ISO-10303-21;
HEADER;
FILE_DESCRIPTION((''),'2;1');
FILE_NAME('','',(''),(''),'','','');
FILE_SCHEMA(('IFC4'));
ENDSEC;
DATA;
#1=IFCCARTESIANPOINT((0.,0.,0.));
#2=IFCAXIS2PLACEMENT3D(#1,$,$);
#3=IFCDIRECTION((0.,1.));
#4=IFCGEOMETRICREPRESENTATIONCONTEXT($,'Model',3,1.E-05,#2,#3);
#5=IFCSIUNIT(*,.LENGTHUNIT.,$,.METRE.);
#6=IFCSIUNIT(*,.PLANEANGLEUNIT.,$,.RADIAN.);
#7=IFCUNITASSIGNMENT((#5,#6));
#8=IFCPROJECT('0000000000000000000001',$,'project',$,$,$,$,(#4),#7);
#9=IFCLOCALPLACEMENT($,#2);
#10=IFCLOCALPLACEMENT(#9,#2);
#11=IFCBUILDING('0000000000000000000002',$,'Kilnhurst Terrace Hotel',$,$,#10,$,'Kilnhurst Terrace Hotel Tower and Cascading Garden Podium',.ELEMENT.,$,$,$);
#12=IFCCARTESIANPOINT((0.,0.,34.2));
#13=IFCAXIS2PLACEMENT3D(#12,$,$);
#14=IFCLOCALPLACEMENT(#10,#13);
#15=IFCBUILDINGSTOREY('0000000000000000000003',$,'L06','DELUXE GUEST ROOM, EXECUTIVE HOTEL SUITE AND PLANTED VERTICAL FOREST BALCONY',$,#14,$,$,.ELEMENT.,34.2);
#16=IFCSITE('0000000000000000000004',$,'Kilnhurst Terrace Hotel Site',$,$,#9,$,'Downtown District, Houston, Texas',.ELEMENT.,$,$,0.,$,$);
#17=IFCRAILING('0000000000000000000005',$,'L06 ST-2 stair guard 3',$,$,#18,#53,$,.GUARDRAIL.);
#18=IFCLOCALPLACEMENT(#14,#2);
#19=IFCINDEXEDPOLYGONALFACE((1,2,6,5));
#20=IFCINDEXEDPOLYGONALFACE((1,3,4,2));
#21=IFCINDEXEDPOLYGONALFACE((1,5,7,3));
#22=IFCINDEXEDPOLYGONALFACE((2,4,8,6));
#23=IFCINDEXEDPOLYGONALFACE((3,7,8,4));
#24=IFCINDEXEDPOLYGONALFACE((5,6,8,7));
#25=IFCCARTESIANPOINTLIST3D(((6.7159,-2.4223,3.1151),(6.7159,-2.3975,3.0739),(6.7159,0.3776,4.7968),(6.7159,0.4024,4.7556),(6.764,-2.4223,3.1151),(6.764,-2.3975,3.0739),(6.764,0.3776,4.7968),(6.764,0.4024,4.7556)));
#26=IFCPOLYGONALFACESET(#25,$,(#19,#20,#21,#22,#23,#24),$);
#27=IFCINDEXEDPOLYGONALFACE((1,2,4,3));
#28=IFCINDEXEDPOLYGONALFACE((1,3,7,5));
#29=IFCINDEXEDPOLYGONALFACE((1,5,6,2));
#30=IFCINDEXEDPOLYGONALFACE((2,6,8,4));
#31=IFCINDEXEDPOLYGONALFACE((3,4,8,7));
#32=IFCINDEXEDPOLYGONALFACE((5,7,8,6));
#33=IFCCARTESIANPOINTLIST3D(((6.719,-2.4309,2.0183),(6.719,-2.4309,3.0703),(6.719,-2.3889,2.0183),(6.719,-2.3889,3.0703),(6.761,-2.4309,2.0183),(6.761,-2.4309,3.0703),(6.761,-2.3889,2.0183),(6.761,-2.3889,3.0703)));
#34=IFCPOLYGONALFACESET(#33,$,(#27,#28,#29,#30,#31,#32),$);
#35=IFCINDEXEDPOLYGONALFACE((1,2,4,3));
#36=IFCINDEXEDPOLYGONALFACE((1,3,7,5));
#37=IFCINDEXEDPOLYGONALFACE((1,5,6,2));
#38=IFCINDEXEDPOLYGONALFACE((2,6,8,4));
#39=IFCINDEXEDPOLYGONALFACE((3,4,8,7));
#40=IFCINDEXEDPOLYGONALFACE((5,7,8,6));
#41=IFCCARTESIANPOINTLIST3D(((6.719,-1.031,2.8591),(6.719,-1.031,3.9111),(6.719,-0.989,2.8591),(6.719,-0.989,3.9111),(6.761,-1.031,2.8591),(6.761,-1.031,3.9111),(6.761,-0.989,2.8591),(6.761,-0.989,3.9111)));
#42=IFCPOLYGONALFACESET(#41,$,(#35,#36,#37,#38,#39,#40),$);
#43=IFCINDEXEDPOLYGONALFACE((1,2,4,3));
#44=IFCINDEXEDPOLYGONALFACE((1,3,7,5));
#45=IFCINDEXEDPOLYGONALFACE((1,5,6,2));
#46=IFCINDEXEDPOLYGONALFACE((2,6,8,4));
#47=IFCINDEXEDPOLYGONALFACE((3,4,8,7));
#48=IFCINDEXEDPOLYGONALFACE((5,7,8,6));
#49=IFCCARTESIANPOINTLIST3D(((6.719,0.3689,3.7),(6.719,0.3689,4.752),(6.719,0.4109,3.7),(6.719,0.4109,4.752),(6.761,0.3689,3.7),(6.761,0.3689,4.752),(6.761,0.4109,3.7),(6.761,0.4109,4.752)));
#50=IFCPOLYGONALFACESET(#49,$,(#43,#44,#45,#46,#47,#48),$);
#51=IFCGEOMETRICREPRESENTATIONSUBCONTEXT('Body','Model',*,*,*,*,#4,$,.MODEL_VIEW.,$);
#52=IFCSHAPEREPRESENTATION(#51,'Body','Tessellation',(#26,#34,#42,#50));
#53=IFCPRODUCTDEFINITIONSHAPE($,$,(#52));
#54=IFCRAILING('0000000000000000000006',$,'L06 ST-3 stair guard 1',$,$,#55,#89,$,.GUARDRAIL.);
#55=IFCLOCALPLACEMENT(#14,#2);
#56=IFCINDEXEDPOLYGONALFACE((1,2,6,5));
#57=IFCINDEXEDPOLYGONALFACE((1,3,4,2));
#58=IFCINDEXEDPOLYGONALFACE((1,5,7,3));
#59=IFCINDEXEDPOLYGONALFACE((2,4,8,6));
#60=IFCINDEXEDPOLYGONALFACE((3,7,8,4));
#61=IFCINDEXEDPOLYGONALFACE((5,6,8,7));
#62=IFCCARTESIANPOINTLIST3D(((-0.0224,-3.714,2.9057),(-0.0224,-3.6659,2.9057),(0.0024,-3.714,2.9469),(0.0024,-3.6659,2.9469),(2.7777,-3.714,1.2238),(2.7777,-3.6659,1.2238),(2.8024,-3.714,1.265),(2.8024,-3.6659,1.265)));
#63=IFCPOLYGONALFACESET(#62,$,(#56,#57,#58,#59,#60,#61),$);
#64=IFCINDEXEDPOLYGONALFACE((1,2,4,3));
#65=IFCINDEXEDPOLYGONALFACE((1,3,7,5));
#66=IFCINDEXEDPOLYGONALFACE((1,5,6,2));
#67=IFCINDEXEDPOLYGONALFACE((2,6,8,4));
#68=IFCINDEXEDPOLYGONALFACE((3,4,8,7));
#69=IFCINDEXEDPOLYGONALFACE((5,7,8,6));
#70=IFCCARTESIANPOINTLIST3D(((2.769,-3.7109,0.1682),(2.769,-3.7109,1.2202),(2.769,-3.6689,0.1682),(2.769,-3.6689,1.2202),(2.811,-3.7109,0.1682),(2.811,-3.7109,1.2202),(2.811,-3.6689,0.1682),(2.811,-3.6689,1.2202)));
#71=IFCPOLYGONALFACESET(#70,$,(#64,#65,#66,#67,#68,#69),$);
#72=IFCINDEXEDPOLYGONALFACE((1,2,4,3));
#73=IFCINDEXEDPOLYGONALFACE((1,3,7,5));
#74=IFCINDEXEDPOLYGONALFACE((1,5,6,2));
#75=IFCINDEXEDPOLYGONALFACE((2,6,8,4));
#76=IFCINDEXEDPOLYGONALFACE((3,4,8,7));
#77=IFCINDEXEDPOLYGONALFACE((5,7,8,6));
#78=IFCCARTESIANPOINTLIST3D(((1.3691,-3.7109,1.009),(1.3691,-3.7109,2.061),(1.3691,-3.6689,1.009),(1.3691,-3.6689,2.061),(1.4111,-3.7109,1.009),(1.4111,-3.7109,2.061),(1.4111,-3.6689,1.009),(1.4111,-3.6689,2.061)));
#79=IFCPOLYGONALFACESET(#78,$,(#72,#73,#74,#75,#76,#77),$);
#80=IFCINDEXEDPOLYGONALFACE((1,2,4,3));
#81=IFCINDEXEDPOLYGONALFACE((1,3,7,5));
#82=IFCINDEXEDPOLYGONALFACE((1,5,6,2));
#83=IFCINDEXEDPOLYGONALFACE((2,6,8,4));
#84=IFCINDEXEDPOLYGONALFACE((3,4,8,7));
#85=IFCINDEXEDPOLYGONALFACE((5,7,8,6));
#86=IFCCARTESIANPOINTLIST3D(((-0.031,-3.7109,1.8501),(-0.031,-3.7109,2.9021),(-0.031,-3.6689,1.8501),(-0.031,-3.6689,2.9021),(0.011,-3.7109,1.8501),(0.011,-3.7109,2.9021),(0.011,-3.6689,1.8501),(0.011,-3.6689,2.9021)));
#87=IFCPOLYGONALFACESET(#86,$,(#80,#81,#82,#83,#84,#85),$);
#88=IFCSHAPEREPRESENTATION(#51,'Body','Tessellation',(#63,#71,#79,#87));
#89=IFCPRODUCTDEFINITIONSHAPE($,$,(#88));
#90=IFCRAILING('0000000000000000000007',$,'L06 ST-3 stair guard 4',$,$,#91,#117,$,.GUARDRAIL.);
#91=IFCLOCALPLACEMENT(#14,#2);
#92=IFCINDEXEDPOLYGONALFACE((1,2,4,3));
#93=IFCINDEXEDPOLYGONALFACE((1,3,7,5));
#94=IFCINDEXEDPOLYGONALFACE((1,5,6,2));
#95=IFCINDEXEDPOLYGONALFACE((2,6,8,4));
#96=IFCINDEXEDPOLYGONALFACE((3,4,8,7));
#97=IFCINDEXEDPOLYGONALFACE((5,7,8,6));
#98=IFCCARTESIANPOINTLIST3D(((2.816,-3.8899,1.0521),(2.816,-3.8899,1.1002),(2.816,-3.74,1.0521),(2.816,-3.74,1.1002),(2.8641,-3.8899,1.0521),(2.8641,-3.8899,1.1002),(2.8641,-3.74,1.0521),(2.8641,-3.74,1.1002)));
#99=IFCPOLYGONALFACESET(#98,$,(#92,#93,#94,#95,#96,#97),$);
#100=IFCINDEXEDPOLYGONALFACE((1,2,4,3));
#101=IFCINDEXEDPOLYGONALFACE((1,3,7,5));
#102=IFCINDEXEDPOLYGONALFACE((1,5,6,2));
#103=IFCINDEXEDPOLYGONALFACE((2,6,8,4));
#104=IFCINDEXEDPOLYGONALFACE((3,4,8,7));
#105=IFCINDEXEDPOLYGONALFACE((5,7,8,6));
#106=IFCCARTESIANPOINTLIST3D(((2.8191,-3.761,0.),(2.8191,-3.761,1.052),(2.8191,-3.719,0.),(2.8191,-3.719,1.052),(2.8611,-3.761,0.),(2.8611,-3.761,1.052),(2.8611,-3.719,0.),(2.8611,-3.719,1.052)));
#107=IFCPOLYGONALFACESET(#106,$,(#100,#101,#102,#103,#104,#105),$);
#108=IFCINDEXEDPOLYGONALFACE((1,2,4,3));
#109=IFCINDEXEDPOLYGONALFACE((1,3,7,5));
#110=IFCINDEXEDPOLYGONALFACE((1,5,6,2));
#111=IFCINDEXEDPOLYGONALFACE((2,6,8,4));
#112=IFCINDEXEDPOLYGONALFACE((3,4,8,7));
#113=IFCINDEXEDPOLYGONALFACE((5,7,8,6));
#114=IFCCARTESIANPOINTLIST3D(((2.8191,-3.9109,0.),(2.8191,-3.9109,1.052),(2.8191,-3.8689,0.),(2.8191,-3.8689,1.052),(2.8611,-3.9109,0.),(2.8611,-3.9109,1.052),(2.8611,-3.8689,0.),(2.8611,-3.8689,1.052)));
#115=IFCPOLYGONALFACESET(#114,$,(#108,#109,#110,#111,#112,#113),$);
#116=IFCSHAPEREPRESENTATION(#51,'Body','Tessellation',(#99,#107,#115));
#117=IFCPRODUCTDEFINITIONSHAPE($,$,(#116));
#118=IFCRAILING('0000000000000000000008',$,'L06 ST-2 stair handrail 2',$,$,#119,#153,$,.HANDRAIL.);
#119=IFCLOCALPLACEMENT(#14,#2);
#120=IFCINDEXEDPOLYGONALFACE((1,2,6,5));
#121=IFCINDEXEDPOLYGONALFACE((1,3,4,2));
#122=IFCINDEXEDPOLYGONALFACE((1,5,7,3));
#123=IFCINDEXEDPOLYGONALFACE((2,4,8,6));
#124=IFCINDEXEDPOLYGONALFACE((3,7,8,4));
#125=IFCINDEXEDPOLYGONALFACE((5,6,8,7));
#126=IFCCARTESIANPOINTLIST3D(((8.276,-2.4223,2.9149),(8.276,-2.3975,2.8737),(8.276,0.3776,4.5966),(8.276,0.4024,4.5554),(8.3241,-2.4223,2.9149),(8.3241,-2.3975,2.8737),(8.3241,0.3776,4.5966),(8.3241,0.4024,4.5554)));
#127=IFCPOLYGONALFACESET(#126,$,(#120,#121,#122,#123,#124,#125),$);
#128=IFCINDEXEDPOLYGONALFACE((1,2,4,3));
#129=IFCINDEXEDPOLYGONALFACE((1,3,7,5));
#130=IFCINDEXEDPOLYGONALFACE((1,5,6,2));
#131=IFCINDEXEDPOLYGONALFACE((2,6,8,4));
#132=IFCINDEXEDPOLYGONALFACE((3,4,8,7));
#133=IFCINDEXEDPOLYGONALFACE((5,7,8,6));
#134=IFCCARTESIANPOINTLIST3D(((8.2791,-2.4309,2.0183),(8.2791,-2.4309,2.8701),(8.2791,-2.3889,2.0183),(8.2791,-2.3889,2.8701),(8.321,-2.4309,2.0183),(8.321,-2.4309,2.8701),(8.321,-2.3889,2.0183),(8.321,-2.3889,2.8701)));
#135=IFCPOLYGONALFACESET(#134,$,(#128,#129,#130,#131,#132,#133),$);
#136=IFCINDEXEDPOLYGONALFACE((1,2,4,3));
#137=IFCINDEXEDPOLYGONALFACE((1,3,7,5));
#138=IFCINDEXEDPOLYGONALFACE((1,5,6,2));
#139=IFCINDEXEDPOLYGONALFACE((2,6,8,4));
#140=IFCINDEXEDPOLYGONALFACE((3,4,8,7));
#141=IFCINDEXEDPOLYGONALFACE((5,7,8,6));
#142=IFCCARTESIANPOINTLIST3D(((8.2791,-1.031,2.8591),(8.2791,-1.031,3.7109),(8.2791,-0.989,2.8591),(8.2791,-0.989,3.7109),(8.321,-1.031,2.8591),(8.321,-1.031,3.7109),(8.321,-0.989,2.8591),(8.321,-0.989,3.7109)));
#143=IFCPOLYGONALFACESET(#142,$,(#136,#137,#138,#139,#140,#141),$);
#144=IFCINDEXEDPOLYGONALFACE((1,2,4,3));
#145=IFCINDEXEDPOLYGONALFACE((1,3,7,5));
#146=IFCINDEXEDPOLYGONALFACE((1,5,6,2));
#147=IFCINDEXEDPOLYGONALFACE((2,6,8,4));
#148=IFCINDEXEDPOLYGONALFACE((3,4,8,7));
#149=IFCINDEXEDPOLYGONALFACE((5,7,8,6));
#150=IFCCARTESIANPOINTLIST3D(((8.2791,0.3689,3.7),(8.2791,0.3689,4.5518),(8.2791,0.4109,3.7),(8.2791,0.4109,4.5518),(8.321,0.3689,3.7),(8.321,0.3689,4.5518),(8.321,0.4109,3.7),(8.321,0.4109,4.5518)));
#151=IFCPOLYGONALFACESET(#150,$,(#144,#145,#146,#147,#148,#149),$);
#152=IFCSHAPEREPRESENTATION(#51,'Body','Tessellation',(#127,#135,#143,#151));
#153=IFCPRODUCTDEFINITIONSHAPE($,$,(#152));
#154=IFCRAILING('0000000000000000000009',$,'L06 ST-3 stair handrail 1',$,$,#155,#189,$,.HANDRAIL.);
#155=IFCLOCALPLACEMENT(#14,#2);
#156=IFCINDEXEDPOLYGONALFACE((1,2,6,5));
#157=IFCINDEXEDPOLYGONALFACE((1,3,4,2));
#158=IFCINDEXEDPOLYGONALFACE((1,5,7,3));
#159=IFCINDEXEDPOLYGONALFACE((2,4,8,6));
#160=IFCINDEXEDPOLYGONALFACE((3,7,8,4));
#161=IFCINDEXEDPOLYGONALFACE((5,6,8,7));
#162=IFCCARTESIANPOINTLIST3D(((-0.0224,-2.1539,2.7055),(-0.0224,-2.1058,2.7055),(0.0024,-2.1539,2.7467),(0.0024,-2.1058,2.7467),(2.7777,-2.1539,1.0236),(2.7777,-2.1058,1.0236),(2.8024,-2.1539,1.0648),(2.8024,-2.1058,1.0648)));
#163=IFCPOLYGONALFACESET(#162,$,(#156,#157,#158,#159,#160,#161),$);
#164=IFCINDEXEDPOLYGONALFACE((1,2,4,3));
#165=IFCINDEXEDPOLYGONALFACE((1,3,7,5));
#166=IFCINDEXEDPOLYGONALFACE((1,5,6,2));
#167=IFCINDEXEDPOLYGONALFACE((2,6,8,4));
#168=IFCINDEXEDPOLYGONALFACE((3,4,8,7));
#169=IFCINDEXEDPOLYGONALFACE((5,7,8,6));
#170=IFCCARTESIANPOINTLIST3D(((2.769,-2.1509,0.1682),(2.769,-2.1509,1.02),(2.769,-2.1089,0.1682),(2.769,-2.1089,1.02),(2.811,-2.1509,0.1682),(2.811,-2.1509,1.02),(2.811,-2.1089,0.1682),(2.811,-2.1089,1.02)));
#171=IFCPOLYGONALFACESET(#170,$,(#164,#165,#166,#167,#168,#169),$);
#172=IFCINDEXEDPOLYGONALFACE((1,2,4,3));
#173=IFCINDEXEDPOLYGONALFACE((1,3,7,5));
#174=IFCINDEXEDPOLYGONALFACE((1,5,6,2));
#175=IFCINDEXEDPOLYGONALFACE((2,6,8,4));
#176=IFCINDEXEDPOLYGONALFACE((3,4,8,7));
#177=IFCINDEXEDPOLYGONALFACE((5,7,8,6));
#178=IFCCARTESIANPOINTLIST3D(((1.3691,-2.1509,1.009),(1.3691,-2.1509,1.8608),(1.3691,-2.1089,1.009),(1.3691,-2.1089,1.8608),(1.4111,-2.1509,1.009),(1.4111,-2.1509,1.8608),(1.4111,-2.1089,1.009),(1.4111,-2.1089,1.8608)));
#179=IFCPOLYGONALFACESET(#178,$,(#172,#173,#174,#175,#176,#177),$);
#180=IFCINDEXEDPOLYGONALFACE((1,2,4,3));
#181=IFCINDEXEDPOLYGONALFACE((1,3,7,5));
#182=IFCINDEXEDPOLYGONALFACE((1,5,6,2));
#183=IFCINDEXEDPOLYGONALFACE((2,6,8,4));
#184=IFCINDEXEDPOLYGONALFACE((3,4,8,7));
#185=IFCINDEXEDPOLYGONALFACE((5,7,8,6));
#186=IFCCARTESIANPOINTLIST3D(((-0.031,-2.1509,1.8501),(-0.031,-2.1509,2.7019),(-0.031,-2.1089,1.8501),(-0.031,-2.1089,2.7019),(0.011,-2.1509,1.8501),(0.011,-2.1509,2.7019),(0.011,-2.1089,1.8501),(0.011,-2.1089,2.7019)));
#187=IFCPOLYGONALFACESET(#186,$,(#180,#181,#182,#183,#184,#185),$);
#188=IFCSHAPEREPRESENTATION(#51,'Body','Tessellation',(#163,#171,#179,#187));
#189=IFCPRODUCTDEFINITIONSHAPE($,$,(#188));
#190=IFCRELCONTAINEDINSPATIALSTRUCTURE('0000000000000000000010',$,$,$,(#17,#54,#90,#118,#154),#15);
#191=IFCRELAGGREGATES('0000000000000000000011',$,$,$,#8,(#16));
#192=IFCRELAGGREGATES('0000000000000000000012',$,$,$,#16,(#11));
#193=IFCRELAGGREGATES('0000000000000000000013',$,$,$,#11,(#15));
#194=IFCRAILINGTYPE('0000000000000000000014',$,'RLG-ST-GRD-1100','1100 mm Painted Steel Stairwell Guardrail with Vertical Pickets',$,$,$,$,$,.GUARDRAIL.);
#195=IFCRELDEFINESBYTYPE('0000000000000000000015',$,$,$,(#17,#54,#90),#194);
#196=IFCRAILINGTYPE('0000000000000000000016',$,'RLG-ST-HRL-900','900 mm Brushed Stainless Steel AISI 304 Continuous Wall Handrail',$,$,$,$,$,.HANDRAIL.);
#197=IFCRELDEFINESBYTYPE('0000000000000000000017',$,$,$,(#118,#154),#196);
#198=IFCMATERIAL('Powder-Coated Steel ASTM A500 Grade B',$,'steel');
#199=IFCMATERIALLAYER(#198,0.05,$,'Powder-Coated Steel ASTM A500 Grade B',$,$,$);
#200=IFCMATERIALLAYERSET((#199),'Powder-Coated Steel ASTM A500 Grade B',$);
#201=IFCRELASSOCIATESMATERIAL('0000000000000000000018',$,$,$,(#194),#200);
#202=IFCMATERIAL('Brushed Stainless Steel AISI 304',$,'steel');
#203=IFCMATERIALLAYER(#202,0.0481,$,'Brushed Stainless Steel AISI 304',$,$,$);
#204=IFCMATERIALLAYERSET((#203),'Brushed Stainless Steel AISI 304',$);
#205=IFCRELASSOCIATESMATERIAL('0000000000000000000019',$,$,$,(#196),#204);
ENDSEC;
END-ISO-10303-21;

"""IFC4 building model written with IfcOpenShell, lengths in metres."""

from ifc_helpers import new_model, si_unit, direction, frame, origin, origin_2d, place, context, subcontext, project, spatial, rectangle, extrude, material, layer, layer_set, type_object, element, save


model = new_model("IFC4")

# Units and contexts
model_context = context("Model", 3, precision=1e-05, world=origin(), true_north=direction((0.0, 1.0)))
body_context = subcontext(model_context, "Body", "Model", "MODEL_VIEW")
ifc_project = project(units=[si_unit("LENGTHUNIT", "METRE"), si_unit("PLANEANGLEUNIT", "RADIAN")], contexts=[model_context])

# Site, building, storey
site_placement = place(None, origin())
site = spatial("IfcSite", under=ifc_project, at=site_placement, Name="Kilnhurst Terrace Hotel Site", LongName="Downtown District, Houston, Texas", CompositionType="ELEMENT", RefElevation=0.0)
building_placement = place(site_placement, origin())
building = spatial("IfcBuilding", under=site, at=building_placement, Name="Kilnhurst Terrace Hotel", LongName="Kilnhurst Terrace Hotel Tower and Cascading Garden Podium", CompositionType="ELEMENT")
storey_placement = place(building_placement, frame((0.0, 0.0, 34.2)))
storey = spatial("IfcBuildingStorey", under=building, at=storey_placement, Name="L06", Description="DELUXE GUEST ROOM, EXECUTIVE HOTEL SUITE AND PLANTED VERTICAL FOREST BALCONY", CompositionType="ELEMENT", Elevation=34.2)

# Railings
ifc_material_1 = material(Name="Powder-Coated Steel ASTM A500 Grade B", Category="steel")
ifc_layer_1 = layer(ifc_material_1, 0.05, Name="Powder-Coated Steel ASTM A500 Grade B")
ifc_layer_set_1 = layer_set([ifc_layer_1], Name="Powder-Coated Steel ASTM A500 Grade B")
railing_type_1 = type_object("IfcRailingType", Name="RLG-ST-GRD-1100", Description="1100 mm Painted Steel Stairwell Guardrail with Vertical Pickets", PredefinedType="GUARDRAIL", material=ifc_layer_set_1)
railing_1_placement = place(storey_placement, frame((6.74, -2.4099, 2.0183)))
element("IfcRailing", 1, at=railing_1_placement, inside=storey, type_object=railing_type_1, Name="L06 ST-2 stair guard 3", PredefinedType="GUARDRAIL", context=body_context, shape_type="SweptSolid", body=[
    extrude(rectangle(XDim=0.0481, YDim=0.0481, at=origin_2d()), frame((0.0, 0.0, 1.0762), z_axis=(0.0, 0.857255, 0.514891), x_axis=(-1.0, 0.0, 0.0)), (0.0, 0.0, 1.0), 3.2661),
    extrude(rectangle(XDim=0.042, YDim=0.042, at=origin_2d()), origin(), (0.0, 0.0, 1.0), 1.052),
    extrude(rectangle(XDim=0.042, YDim=0.042, at=origin_2d()), frame((0.0, 1.3999, 0.8408)), (0.0, 0.0, 1.0), 1.052),
    extrude(rectangle(XDim=0.042, YDim=0.042, at=origin_2d()), frame((0.0, 2.7998, 1.6816)), (0.0, 0.0, 1.0), 1.052),
])
railing_2_placement = place(storey_placement, frame((2.79, -3.6899, 0.1682)))
element("IfcRailing", 2, at=railing_2_placement, inside=storey, type_object=railing_type_1, Name="L06 ST-3 stair guard 1", PredefinedType="GUARDRAIL", context=body_context, shape_type="SweptSolid", body=[
    extrude(rectangle(XDim=0.0481, YDim=0.0481, at=origin_2d()), frame((0.0, 0.0, 1.0762), z_axis=(-0.857242, 0.0, 0.514913), x_axis=(0.0, -1.0, 0.0)), (0.0, 0.0, 1.0), 3.2664),
    extrude(rectangle(XDim=0.042, YDim=0.042, at=origin_2d()), origin(), (0.0, 0.0, 1.0), 1.052),
    extrude(rectangle(XDim=0.042, YDim=0.042, at=origin_2d()), frame((-1.3999, 0.0, 0.8408)), (0.0, 0.0, 1.0), 1.052),
    extrude(rectangle(XDim=0.042, YDim=0.042, at=origin_2d()), frame((-2.8, 0.0, 1.6819)), (0.0, 0.0, 1.0), 1.052),
])
railing_3_placement = place(storey_placement, frame((2.8401, -3.74, 0.0)))
element("IfcRailing", 3, at=railing_3_placement, inside=storey, type_object=railing_type_1, Name="L06 ST-3 stair guard 4", PredefinedType="GUARDRAIL", context=body_context, shape_type="SweptSolid", body=[
    extrude(rectangle(XDim=0.0481, YDim=0.0481, at=origin_2d()), frame((0.0, 0.0, 1.0762), z_axis=(0.0, -1.0, 0.0), x_axis=(1.0, 0.0, 0.0)), (0.0, 0.0, 1.0), 0.1499),
    extrude(rectangle(XDim=0.042, YDim=0.042, at=origin_2d()), origin(), (0.0, 0.0, 1.0), 1.052),
    extrude(rectangle(XDim=0.042, YDim=0.042, at=origin_2d()), frame((0.0, -0.1499, 0.0)), (0.0, 0.0, 1.0), 1.052),
])
ifc_material_2 = material(Name="Brushed Stainless Steel AISI 304", Category="steel")
ifc_layer_2 = layer(ifc_material_2, 0.0481, Name="Brushed Stainless Steel AISI 304")
ifc_layer_set_2 = layer_set([ifc_layer_2], Name="Brushed Stainless Steel AISI 304")
railing_type_2 = type_object("IfcRailingType", Name="RLG-ST-HRL-900", Description="900 mm Brushed Stainless Steel AISI 304 Continuous Wall Handrail", PredefinedType="HANDRAIL", material=ifc_layer_set_2)
railing_4_placement = place(storey_placement, frame((8.3, -2.4099, 2.0183)))
element("IfcRailing", 4, at=railing_4_placement, inside=storey, type_object=railing_type_2, Name="L06 ST-2 stair handrail 2", PredefinedType="HANDRAIL", context=body_context, shape_type="SweptSolid", body=[
    extrude(rectangle(XDim=0.0481, YDim=0.0481, at=origin_2d()), frame((0.0, 0.0, 0.876), z_axis=(0.0, 0.857255, 0.514891), x_axis=(-1.0, 0.0, 0.0)), (0.0, 0.0, 1.0), 3.2661),
    extrude(rectangle(XDim=0.042, YDim=0.042, at=origin_2d()), origin(), (0.0, 0.0, 1.0), 0.8518),
    extrude(rectangle(XDim=0.042, YDim=0.042, at=origin_2d()), frame((0.0, 1.3999, 0.8408)), (0.0, 0.0, 1.0), 0.8518),
    extrude(rectangle(XDim=0.042, YDim=0.042, at=origin_2d()), frame((0.0, 2.7998, 1.6816)), (0.0, 0.0, 1.0), 0.8518),
])
railing_5_placement = place(storey_placement, frame((2.79, -2.1299, 0.1682)))
element("IfcRailing", 5, at=railing_5_placement, inside=storey, type_object=railing_type_2, Name="L06 ST-3 stair handrail 1", PredefinedType="HANDRAIL", context=body_context, shape_type="SweptSolid", body=[
    extrude(rectangle(XDim=0.0481, YDim=0.0481, at=origin_2d()), frame((0.0, 0.0, 0.876), z_axis=(-0.857242, 0.0, 0.514913), x_axis=(0.0, -1.0, 0.0)), (0.0, 0.0, 1.0), 3.2664),
    extrude(rectangle(XDim=0.042, YDim=0.042, at=origin_2d()), origin(), (0.0, 0.0, 1.0), 0.8518),
    extrude(rectangle(XDim=0.042, YDim=0.042, at=origin_2d()), frame((-1.3999, 0.0, 0.8408)), (0.0, 0.0, 1.0), 0.8518),
    extrude(rectangle(XDim=0.042, YDim=0.042, at=origin_2d()), frame((-2.8, 0.0, 1.6819)), (0.0, 0.0, 1.0), 0.8518),
])

save(model, "model.ifc")
